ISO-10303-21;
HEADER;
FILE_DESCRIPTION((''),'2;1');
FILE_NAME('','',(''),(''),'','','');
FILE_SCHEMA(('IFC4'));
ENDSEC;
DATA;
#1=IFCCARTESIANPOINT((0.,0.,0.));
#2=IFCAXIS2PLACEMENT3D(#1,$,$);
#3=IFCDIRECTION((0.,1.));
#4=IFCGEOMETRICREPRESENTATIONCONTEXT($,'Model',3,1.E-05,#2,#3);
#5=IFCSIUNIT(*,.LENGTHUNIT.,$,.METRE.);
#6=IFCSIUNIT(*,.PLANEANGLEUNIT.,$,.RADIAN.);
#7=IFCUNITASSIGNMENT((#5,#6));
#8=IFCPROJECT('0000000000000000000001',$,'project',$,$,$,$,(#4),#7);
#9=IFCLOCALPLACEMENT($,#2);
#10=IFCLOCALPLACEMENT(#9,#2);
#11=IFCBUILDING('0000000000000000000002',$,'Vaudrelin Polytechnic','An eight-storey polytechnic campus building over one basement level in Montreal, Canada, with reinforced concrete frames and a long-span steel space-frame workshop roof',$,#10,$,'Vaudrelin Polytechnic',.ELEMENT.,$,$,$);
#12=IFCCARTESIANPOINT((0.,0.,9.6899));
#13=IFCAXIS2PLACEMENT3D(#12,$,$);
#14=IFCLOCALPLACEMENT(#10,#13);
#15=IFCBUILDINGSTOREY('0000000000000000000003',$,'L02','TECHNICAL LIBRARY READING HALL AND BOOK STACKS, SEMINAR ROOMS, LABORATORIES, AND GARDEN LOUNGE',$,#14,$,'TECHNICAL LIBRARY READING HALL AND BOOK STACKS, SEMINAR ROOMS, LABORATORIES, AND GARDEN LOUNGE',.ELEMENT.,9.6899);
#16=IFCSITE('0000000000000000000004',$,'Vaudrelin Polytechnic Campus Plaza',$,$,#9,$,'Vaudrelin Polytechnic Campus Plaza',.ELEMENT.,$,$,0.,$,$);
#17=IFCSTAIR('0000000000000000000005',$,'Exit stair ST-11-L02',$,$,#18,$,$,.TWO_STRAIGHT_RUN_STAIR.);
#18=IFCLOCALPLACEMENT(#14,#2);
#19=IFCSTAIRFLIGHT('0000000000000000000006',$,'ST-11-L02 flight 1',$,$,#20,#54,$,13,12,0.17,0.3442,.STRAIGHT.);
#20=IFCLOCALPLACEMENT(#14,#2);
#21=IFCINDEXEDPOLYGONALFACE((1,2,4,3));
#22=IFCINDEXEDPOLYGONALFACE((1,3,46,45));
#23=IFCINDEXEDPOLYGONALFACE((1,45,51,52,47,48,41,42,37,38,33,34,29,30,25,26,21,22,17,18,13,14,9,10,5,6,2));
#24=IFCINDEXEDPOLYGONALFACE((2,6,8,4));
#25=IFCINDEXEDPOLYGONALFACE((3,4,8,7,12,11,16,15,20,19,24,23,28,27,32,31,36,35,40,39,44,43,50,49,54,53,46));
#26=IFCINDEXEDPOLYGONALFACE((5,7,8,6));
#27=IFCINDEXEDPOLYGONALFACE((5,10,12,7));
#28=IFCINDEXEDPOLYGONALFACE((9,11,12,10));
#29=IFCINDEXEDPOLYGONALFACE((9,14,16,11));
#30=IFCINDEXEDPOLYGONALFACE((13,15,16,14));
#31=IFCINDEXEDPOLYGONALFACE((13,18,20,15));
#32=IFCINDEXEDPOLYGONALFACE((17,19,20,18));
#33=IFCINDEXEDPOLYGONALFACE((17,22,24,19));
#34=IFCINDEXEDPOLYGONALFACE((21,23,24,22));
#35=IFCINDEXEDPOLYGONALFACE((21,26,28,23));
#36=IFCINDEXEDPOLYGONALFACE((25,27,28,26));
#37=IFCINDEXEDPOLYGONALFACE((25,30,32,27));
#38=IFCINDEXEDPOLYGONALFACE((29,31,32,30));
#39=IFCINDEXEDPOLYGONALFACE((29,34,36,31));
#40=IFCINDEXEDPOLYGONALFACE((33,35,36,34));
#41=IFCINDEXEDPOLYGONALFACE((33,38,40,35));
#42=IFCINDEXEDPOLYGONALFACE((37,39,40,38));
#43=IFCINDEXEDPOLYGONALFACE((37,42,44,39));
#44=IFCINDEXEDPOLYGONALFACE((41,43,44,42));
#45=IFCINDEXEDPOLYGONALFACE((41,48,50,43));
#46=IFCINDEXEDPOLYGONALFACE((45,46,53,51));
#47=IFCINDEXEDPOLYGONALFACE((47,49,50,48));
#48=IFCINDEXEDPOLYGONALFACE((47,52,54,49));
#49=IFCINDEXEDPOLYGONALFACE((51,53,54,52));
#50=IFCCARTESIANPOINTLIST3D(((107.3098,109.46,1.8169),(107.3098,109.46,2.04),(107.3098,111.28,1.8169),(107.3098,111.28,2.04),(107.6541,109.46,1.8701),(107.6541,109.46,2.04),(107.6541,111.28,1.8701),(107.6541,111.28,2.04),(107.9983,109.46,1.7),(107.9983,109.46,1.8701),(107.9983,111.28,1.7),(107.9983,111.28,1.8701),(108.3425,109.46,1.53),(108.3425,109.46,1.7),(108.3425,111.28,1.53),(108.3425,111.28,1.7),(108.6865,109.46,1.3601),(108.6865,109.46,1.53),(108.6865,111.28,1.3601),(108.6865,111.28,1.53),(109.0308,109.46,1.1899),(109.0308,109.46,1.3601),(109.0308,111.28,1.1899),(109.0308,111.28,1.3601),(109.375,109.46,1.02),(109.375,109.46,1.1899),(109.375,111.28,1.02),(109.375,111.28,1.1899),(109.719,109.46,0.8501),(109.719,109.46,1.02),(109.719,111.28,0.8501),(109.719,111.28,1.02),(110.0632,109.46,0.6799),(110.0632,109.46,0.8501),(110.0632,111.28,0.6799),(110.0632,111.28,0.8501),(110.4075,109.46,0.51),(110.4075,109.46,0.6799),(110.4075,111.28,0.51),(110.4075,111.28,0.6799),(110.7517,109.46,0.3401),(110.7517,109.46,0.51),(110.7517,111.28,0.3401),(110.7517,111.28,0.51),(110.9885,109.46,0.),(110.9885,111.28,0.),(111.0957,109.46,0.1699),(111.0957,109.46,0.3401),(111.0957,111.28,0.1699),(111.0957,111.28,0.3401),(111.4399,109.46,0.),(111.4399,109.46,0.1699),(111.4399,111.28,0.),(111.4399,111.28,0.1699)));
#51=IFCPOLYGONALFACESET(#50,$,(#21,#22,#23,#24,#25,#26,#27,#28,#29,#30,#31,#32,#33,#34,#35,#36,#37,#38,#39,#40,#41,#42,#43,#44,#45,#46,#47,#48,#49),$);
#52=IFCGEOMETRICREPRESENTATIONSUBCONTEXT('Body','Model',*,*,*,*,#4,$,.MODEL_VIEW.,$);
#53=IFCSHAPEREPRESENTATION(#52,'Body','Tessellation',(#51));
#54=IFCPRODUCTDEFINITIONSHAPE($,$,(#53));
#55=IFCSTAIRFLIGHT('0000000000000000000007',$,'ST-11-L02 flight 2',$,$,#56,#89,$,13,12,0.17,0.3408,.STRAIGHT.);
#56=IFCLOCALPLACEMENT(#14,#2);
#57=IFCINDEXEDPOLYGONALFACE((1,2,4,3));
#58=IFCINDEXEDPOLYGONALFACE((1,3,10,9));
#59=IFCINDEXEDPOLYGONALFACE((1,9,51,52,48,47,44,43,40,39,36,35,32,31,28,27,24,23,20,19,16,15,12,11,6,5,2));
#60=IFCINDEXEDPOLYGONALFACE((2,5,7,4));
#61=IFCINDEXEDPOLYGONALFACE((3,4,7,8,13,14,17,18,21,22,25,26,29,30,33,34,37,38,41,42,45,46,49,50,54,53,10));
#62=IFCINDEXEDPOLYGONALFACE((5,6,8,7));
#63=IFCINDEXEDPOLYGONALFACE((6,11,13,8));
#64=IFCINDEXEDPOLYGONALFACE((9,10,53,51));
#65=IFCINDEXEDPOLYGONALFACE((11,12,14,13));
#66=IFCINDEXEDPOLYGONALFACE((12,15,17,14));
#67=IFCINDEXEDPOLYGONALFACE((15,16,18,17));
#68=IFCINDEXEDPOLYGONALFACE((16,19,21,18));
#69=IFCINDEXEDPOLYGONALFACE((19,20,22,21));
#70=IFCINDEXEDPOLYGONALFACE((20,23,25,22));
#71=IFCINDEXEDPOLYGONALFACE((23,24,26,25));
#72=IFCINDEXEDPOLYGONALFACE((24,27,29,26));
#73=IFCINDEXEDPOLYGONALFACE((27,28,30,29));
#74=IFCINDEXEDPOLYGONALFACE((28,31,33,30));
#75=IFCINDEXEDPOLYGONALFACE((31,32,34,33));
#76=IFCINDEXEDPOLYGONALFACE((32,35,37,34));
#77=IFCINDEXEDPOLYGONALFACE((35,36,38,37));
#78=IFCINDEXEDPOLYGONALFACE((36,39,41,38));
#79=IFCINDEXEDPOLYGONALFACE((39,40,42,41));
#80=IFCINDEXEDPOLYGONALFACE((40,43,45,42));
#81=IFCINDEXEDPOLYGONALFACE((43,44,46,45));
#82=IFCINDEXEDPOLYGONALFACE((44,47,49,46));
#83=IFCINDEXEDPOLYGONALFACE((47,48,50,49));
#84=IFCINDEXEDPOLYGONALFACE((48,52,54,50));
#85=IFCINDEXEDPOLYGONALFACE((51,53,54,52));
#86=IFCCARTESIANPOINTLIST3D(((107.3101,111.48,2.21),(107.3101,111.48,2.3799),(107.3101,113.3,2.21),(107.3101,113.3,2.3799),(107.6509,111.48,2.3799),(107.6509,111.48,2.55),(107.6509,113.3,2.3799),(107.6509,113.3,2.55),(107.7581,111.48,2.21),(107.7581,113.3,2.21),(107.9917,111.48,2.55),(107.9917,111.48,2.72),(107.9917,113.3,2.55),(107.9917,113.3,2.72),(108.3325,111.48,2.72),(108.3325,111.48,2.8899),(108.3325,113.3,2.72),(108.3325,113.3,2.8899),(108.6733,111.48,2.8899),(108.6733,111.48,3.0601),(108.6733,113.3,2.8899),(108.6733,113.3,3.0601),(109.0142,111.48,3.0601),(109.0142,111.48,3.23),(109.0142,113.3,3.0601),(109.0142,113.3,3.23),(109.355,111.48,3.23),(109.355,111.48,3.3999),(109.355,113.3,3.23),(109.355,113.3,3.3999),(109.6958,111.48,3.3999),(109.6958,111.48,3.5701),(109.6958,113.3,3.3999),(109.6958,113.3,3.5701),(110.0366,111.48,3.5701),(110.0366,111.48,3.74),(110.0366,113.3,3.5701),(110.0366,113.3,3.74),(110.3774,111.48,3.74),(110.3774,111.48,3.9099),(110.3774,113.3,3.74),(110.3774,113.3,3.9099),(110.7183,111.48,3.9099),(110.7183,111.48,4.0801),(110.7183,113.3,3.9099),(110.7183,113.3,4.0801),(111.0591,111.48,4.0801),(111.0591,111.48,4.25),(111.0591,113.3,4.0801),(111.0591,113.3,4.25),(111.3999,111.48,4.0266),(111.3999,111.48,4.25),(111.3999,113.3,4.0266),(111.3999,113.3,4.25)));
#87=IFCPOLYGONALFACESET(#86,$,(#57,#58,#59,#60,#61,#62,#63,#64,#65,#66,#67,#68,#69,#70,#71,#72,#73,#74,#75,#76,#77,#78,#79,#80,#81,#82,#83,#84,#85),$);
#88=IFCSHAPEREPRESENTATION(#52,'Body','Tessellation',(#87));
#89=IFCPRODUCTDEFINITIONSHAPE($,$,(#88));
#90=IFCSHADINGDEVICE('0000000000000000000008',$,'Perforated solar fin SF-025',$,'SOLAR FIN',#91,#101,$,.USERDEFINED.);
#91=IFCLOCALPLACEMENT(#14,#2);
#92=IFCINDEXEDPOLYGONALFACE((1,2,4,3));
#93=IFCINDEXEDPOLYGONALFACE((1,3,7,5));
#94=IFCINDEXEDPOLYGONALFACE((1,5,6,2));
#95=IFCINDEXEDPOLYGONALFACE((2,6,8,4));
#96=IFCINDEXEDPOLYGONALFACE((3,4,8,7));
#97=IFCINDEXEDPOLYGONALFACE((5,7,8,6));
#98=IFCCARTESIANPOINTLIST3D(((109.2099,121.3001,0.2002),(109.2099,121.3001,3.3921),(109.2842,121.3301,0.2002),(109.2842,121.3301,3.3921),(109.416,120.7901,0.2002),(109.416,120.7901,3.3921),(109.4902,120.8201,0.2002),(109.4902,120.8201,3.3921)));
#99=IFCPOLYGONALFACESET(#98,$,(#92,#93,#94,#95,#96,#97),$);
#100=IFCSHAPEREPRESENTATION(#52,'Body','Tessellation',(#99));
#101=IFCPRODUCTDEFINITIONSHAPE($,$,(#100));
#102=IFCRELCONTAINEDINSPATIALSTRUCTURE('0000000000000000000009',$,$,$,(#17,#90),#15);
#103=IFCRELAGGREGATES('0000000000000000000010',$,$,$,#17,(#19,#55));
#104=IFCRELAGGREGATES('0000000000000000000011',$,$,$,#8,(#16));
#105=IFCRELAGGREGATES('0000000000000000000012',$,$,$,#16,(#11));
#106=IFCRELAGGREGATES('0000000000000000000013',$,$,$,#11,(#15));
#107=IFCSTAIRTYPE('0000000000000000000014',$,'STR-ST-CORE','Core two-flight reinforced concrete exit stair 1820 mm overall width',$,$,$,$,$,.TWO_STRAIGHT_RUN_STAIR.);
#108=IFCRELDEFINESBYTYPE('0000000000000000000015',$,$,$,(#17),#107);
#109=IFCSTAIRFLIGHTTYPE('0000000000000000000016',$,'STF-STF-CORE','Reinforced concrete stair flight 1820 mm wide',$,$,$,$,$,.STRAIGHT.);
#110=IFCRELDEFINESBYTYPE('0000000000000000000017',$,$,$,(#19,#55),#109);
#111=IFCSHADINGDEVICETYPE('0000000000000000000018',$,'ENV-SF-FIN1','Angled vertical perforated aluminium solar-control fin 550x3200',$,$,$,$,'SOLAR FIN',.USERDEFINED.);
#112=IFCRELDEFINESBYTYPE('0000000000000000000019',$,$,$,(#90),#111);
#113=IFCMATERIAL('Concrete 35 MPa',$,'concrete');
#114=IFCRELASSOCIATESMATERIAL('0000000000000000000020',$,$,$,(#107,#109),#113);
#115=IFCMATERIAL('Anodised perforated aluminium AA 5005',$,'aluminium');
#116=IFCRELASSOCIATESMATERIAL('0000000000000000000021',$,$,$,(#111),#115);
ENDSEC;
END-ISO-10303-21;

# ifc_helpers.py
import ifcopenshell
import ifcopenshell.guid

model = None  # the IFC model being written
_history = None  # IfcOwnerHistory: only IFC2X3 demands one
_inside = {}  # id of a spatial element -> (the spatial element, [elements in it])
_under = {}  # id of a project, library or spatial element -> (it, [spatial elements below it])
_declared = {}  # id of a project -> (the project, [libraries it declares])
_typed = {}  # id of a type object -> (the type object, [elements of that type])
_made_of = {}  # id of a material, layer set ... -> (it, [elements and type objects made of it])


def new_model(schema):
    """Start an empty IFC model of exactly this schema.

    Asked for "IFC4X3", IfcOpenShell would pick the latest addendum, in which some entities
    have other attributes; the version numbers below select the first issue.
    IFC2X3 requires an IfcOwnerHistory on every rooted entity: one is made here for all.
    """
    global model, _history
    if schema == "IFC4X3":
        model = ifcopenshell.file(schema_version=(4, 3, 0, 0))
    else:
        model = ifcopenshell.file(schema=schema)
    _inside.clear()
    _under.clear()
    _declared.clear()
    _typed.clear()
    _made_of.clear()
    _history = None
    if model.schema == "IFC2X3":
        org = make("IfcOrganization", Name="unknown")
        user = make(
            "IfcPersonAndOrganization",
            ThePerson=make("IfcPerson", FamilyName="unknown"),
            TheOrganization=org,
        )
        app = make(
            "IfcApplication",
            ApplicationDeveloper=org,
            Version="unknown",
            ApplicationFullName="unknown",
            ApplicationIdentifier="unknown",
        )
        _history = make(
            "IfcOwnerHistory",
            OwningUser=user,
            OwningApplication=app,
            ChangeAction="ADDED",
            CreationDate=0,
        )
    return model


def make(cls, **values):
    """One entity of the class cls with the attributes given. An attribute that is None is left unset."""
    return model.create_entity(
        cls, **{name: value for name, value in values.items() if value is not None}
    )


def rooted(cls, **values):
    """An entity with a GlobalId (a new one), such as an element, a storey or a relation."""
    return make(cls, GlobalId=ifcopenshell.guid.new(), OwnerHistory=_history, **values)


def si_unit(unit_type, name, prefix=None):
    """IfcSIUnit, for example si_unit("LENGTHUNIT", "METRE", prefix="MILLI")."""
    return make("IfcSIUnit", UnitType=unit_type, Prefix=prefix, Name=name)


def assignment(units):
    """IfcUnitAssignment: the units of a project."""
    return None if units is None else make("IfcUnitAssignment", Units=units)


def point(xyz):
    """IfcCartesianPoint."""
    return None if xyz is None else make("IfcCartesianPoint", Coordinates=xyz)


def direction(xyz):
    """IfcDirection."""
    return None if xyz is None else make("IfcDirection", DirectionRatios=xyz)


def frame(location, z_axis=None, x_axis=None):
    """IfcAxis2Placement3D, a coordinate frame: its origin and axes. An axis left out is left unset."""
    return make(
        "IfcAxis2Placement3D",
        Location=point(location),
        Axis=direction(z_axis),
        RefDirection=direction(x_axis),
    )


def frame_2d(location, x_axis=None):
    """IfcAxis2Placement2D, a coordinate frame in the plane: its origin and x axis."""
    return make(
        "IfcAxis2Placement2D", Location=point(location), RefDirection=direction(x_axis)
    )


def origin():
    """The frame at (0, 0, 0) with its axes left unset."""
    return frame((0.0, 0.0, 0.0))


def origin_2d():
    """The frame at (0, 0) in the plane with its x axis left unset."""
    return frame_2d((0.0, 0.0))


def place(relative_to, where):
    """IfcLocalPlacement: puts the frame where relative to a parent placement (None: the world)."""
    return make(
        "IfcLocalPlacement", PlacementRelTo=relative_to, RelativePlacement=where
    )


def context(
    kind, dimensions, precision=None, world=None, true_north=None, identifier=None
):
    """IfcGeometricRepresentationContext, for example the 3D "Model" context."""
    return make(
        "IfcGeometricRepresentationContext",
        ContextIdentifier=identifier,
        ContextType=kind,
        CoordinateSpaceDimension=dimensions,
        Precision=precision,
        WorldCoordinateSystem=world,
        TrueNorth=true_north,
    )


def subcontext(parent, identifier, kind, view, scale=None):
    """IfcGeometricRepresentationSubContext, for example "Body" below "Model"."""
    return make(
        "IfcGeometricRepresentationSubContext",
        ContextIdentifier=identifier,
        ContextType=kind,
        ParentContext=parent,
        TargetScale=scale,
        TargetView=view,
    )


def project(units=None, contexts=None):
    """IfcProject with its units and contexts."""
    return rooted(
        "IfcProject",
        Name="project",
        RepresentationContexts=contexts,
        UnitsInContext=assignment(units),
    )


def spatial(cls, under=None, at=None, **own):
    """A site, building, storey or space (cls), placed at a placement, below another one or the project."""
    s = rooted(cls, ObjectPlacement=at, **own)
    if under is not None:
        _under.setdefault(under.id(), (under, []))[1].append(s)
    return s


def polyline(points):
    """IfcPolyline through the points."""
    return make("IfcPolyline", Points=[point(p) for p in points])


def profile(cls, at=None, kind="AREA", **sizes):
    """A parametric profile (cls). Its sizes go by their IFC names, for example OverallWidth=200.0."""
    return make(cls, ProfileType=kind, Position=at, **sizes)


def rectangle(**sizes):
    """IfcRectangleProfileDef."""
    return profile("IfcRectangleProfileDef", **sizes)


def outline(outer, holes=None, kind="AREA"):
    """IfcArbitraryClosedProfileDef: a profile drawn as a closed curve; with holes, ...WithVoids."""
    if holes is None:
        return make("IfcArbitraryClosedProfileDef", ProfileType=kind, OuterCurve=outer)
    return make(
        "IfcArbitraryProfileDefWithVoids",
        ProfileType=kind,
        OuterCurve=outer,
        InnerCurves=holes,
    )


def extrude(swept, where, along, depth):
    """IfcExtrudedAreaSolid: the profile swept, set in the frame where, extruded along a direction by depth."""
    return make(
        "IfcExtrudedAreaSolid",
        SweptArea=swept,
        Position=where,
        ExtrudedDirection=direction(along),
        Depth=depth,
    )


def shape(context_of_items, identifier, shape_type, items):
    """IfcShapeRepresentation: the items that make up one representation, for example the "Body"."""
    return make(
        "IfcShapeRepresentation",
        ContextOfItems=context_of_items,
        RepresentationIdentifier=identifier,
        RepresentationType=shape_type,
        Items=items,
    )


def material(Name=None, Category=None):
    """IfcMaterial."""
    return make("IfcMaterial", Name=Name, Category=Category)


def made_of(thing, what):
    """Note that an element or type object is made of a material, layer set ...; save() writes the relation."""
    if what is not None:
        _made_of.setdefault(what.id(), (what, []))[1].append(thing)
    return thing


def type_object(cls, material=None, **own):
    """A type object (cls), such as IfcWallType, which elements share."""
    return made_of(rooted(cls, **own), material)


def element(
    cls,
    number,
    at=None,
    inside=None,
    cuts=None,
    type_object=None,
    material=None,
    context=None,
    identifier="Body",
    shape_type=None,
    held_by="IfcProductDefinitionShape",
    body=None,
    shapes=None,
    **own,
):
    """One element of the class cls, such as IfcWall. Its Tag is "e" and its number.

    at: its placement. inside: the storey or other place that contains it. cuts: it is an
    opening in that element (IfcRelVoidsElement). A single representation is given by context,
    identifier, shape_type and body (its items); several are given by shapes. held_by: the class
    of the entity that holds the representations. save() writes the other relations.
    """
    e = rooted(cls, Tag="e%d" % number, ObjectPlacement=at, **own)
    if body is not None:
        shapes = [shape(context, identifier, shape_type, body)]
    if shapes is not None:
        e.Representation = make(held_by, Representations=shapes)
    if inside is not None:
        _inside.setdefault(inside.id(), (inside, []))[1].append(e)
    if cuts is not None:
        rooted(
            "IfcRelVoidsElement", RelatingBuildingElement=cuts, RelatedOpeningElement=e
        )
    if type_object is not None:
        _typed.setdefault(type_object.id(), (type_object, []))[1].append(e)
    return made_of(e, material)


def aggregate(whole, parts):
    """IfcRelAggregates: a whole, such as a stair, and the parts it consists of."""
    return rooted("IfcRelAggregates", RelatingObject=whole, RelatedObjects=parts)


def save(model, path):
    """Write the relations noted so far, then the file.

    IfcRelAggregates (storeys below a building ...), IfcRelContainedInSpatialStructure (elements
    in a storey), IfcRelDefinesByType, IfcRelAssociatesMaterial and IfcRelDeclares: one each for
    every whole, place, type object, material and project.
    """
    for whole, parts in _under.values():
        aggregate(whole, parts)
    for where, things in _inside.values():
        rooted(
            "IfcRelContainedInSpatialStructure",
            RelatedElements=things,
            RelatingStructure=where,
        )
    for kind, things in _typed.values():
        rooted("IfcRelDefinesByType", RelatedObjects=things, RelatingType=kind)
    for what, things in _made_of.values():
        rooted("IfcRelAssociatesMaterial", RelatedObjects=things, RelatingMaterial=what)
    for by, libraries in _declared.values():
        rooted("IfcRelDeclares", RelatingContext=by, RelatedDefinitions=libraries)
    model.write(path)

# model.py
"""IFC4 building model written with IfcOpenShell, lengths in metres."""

from ifc_helpers import new_model, si_unit, direction, frame, origin, origin_2d, place, context, subcontext, project, spatial, polyline, rectangle, outline, extrude, material, type_object, element, aggregate, save


model = new_model("IFC4")

# Units and contexts
model_context = context("Model", 3, precision=1e-05, world=origin(), true_north=direction((0.0, 1.0)))
body_context = subcontext(model_context, "Body", "Model", "MODEL_VIEW")
ifc_project = project(units=[si_unit("LENGTHUNIT", "METRE"), si_unit("PLANEANGLEUNIT", "RADIAN")], contexts=[model_context])

# Site, building, storey
site_placement = place(None, origin())
site = spatial("IfcSite", under=ifc_project, at=site_placement, Name="Vaudrelin Polytechnic Campus Plaza", LongName="Vaudrelin Polytechnic Campus Plaza", CompositionType="ELEMENT", RefElevation=0.0)
building_placement = place(site_placement, origin())
building = spatial("IfcBuilding", under=site, at=building_placement, Name="Vaudrelin Polytechnic", Description="An eight-storey polytechnic campus building over one basement level in Montreal, Canada, with reinforced concrete frames and a long-span steel space-frame workshop roof", LongName="Vaudrelin Polytechnic", CompositionType="ELEMENT")
storey_placement = place(building_placement, frame((0.0, 0.0, 9.6899)))
storey = spatial("IfcBuildingStorey", under=building, at=storey_placement, Name="L02", Description="TECHNICAL LIBRARY READING HALL AND BOOK STACKS, SEMINAR ROOMS, LABORATORIES, AND GARDEN LOUNGE", LongName="TECHNICAL LIBRARY READING HALL AND BOOK STACKS, SEMINAR ROOMS, LABORATORIES, AND GARDEN LOUNGE", CompositionType="ELEMENT", Elevation=9.6899)

# Stair, stair flights
ifc_material_1 = material(Name="Concrete 35 MPa", Category="concrete")
stair_type = type_object("IfcStairType", Name="STR-ST-CORE", Description="Core two-flight reinforced concrete exit stair 1820 mm overall width", PredefinedType="TWO_STRAIGHT_RUN_STAIR", material=ifc_material_1)
stair_placement = place(storey_placement, origin())
stair = element("IfcStair", 1, at=stair_placement, inside=storey, type_object=stair_type, Name="Exit stair ST-11-L02", PredefinedType="TWO_STRAIGHT_RUN_STAIR")
stair_flight_type = type_object("IfcStairFlightType", Name="STF-STF-CORE", Description="Reinforced concrete stair flight 1820 mm wide", PredefinedType="STRAIGHT", material=ifc_material_1)
stair_flight_1_placement = place(storey_placement, frame((111.4399, 110.3701, 0.0), z_axis=(0.0, 0.0, 1.0), x_axis=(-1.0, 0.0, 0.0)))
stair_flight_1 = element("IfcStairFlight", 2, at=stair_flight_1_placement, type_object=stair_flight_type, Name="ST-11-L02 flight 1", NumberOfRisers=13, NumberOfTreads=12, PredefinedType="STRAIGHT", RiserHeight=0.17, TreadLength=0.3442, context=body_context, shape_type="SweptSolid", body=[
    extrude(outline(polyline([(0.0, 0.0), (0.0, 0.1699), (0.3442, 0.1699), (0.3442, 0.3401), (0.6882, 0.3401), (0.6882, 0.51), (1.0325, 0.51), (1.0325, 0.6799), (1.3767, 0.6799), (1.3767, 0.8501), (1.7209, 0.8501), (1.7209, 1.02), (2.0649, 1.02), (2.0649, 1.1899), (2.4092, 1.1899), (2.4092, 1.3601), (2.7534, 1.3601), (2.7534, 1.53), (3.0974, 1.53), (3.0974, 1.7), (3.4417, 1.7), (3.4417, 1.8701), (3.7859, 1.8701), (3.7859, 2.04), (4.1301, 2.04), (4.1301, 2.21), (4.1301, 1.8169), (0.4514, 0.0), (0.0, 0.0)])), frame((0.0, 0.9102, 0.0), z_axis=(0.0, -1.0, 0.0), x_axis=(1.0, 0.0, 0.0)), (0.0, 0.0, 1.0), 1.8201),
])
stair_flight_2_placement = place(storey_placement, frame((107.3101, 112.3899, 2.21), z_axis=(0.0, 0.0, 1.0), x_axis=(1.0, 0.0, 0.0)))
stair_flight_2 = element("IfcStairFlight", 3, at=stair_flight_2_placement, type_object=stair_flight_type, Name="ST-11-L02 flight 2", NumberOfRisers=13, NumberOfTreads=12, PredefinedType="STRAIGHT", RiserHeight=0.17, TreadLength=0.3408, context=body_context, shape_type="SweptSolid", body=[
    extrude(outline(polyline([(0.0, 0.0), (0.0, 0.1699), (0.3408, 0.1699), (0.3408, 0.3401), (0.6816, 0.3401), (0.6816, 0.51), (1.0225, 0.51), (1.0225, 0.6799), (1.3633, 0.6799), (1.3633, 0.8501), (1.7041, 0.8501), (1.7041, 1.02), (2.0449, 1.02), (2.0449, 1.1899), (2.3857, 1.1899), (2.3857, 1.3601), (2.7266, 1.3601), (2.7266, 1.53), (3.0674, 1.53), (3.0674, 1.7), (3.4082, 1.7), (3.4082, 1.8701), (3.749, 1.8701), (3.749, 2.04), (4.0898, 2.04), (4.0898, 2.21), (4.0898, 1.8167), (0.448, 0.0), (0.0, 0.0)])), frame((0.0, 0.9102, 0.0), z_axis=(0.0, -1.0, 0.0), x_axis=(1.0, 0.0, 0.0)), (0.0, 0.0, 1.0), 1.8201),
])
aggregate(stair, [stair_flight_1, stair_flight_2])

# Shading device
ifc_material_2 = material(Name="Anodised perforated aluminium AA 5005", Category="aluminium")
shading_device_type = type_object("IfcShadingDeviceType", Name="ENV-SF-FIN1", Description="Angled vertical perforated aluminium solar-control fin 550x3200", ElementType="SOLAR FIN", PredefinedType="USERDEFINED", material=ifc_material_2)
shading_device_placement = place(storey_placement, frame((109.3501, 121.0601, 0.2002), z_axis=(0.0, 0.0, 1.0), x_axis=(0.374607, -0.927184, 0.0)))
element("IfcShadingDevice", 4, at=shading_device_placement, inside=storey, type_object=shading_device_type, Name="Perforated solar fin SF-025", ObjectType="SOLAR FIN", PredefinedType="USERDEFINED", context=body_context, shape_type="SweptSolid", body=[
    extrude(rectangle(XDim=0.55, YDim=0.0801, at=origin_2d()), origin(), (0.0, 0.0, 1.0), 3.1919),
])

save(model, "model.ifc")
